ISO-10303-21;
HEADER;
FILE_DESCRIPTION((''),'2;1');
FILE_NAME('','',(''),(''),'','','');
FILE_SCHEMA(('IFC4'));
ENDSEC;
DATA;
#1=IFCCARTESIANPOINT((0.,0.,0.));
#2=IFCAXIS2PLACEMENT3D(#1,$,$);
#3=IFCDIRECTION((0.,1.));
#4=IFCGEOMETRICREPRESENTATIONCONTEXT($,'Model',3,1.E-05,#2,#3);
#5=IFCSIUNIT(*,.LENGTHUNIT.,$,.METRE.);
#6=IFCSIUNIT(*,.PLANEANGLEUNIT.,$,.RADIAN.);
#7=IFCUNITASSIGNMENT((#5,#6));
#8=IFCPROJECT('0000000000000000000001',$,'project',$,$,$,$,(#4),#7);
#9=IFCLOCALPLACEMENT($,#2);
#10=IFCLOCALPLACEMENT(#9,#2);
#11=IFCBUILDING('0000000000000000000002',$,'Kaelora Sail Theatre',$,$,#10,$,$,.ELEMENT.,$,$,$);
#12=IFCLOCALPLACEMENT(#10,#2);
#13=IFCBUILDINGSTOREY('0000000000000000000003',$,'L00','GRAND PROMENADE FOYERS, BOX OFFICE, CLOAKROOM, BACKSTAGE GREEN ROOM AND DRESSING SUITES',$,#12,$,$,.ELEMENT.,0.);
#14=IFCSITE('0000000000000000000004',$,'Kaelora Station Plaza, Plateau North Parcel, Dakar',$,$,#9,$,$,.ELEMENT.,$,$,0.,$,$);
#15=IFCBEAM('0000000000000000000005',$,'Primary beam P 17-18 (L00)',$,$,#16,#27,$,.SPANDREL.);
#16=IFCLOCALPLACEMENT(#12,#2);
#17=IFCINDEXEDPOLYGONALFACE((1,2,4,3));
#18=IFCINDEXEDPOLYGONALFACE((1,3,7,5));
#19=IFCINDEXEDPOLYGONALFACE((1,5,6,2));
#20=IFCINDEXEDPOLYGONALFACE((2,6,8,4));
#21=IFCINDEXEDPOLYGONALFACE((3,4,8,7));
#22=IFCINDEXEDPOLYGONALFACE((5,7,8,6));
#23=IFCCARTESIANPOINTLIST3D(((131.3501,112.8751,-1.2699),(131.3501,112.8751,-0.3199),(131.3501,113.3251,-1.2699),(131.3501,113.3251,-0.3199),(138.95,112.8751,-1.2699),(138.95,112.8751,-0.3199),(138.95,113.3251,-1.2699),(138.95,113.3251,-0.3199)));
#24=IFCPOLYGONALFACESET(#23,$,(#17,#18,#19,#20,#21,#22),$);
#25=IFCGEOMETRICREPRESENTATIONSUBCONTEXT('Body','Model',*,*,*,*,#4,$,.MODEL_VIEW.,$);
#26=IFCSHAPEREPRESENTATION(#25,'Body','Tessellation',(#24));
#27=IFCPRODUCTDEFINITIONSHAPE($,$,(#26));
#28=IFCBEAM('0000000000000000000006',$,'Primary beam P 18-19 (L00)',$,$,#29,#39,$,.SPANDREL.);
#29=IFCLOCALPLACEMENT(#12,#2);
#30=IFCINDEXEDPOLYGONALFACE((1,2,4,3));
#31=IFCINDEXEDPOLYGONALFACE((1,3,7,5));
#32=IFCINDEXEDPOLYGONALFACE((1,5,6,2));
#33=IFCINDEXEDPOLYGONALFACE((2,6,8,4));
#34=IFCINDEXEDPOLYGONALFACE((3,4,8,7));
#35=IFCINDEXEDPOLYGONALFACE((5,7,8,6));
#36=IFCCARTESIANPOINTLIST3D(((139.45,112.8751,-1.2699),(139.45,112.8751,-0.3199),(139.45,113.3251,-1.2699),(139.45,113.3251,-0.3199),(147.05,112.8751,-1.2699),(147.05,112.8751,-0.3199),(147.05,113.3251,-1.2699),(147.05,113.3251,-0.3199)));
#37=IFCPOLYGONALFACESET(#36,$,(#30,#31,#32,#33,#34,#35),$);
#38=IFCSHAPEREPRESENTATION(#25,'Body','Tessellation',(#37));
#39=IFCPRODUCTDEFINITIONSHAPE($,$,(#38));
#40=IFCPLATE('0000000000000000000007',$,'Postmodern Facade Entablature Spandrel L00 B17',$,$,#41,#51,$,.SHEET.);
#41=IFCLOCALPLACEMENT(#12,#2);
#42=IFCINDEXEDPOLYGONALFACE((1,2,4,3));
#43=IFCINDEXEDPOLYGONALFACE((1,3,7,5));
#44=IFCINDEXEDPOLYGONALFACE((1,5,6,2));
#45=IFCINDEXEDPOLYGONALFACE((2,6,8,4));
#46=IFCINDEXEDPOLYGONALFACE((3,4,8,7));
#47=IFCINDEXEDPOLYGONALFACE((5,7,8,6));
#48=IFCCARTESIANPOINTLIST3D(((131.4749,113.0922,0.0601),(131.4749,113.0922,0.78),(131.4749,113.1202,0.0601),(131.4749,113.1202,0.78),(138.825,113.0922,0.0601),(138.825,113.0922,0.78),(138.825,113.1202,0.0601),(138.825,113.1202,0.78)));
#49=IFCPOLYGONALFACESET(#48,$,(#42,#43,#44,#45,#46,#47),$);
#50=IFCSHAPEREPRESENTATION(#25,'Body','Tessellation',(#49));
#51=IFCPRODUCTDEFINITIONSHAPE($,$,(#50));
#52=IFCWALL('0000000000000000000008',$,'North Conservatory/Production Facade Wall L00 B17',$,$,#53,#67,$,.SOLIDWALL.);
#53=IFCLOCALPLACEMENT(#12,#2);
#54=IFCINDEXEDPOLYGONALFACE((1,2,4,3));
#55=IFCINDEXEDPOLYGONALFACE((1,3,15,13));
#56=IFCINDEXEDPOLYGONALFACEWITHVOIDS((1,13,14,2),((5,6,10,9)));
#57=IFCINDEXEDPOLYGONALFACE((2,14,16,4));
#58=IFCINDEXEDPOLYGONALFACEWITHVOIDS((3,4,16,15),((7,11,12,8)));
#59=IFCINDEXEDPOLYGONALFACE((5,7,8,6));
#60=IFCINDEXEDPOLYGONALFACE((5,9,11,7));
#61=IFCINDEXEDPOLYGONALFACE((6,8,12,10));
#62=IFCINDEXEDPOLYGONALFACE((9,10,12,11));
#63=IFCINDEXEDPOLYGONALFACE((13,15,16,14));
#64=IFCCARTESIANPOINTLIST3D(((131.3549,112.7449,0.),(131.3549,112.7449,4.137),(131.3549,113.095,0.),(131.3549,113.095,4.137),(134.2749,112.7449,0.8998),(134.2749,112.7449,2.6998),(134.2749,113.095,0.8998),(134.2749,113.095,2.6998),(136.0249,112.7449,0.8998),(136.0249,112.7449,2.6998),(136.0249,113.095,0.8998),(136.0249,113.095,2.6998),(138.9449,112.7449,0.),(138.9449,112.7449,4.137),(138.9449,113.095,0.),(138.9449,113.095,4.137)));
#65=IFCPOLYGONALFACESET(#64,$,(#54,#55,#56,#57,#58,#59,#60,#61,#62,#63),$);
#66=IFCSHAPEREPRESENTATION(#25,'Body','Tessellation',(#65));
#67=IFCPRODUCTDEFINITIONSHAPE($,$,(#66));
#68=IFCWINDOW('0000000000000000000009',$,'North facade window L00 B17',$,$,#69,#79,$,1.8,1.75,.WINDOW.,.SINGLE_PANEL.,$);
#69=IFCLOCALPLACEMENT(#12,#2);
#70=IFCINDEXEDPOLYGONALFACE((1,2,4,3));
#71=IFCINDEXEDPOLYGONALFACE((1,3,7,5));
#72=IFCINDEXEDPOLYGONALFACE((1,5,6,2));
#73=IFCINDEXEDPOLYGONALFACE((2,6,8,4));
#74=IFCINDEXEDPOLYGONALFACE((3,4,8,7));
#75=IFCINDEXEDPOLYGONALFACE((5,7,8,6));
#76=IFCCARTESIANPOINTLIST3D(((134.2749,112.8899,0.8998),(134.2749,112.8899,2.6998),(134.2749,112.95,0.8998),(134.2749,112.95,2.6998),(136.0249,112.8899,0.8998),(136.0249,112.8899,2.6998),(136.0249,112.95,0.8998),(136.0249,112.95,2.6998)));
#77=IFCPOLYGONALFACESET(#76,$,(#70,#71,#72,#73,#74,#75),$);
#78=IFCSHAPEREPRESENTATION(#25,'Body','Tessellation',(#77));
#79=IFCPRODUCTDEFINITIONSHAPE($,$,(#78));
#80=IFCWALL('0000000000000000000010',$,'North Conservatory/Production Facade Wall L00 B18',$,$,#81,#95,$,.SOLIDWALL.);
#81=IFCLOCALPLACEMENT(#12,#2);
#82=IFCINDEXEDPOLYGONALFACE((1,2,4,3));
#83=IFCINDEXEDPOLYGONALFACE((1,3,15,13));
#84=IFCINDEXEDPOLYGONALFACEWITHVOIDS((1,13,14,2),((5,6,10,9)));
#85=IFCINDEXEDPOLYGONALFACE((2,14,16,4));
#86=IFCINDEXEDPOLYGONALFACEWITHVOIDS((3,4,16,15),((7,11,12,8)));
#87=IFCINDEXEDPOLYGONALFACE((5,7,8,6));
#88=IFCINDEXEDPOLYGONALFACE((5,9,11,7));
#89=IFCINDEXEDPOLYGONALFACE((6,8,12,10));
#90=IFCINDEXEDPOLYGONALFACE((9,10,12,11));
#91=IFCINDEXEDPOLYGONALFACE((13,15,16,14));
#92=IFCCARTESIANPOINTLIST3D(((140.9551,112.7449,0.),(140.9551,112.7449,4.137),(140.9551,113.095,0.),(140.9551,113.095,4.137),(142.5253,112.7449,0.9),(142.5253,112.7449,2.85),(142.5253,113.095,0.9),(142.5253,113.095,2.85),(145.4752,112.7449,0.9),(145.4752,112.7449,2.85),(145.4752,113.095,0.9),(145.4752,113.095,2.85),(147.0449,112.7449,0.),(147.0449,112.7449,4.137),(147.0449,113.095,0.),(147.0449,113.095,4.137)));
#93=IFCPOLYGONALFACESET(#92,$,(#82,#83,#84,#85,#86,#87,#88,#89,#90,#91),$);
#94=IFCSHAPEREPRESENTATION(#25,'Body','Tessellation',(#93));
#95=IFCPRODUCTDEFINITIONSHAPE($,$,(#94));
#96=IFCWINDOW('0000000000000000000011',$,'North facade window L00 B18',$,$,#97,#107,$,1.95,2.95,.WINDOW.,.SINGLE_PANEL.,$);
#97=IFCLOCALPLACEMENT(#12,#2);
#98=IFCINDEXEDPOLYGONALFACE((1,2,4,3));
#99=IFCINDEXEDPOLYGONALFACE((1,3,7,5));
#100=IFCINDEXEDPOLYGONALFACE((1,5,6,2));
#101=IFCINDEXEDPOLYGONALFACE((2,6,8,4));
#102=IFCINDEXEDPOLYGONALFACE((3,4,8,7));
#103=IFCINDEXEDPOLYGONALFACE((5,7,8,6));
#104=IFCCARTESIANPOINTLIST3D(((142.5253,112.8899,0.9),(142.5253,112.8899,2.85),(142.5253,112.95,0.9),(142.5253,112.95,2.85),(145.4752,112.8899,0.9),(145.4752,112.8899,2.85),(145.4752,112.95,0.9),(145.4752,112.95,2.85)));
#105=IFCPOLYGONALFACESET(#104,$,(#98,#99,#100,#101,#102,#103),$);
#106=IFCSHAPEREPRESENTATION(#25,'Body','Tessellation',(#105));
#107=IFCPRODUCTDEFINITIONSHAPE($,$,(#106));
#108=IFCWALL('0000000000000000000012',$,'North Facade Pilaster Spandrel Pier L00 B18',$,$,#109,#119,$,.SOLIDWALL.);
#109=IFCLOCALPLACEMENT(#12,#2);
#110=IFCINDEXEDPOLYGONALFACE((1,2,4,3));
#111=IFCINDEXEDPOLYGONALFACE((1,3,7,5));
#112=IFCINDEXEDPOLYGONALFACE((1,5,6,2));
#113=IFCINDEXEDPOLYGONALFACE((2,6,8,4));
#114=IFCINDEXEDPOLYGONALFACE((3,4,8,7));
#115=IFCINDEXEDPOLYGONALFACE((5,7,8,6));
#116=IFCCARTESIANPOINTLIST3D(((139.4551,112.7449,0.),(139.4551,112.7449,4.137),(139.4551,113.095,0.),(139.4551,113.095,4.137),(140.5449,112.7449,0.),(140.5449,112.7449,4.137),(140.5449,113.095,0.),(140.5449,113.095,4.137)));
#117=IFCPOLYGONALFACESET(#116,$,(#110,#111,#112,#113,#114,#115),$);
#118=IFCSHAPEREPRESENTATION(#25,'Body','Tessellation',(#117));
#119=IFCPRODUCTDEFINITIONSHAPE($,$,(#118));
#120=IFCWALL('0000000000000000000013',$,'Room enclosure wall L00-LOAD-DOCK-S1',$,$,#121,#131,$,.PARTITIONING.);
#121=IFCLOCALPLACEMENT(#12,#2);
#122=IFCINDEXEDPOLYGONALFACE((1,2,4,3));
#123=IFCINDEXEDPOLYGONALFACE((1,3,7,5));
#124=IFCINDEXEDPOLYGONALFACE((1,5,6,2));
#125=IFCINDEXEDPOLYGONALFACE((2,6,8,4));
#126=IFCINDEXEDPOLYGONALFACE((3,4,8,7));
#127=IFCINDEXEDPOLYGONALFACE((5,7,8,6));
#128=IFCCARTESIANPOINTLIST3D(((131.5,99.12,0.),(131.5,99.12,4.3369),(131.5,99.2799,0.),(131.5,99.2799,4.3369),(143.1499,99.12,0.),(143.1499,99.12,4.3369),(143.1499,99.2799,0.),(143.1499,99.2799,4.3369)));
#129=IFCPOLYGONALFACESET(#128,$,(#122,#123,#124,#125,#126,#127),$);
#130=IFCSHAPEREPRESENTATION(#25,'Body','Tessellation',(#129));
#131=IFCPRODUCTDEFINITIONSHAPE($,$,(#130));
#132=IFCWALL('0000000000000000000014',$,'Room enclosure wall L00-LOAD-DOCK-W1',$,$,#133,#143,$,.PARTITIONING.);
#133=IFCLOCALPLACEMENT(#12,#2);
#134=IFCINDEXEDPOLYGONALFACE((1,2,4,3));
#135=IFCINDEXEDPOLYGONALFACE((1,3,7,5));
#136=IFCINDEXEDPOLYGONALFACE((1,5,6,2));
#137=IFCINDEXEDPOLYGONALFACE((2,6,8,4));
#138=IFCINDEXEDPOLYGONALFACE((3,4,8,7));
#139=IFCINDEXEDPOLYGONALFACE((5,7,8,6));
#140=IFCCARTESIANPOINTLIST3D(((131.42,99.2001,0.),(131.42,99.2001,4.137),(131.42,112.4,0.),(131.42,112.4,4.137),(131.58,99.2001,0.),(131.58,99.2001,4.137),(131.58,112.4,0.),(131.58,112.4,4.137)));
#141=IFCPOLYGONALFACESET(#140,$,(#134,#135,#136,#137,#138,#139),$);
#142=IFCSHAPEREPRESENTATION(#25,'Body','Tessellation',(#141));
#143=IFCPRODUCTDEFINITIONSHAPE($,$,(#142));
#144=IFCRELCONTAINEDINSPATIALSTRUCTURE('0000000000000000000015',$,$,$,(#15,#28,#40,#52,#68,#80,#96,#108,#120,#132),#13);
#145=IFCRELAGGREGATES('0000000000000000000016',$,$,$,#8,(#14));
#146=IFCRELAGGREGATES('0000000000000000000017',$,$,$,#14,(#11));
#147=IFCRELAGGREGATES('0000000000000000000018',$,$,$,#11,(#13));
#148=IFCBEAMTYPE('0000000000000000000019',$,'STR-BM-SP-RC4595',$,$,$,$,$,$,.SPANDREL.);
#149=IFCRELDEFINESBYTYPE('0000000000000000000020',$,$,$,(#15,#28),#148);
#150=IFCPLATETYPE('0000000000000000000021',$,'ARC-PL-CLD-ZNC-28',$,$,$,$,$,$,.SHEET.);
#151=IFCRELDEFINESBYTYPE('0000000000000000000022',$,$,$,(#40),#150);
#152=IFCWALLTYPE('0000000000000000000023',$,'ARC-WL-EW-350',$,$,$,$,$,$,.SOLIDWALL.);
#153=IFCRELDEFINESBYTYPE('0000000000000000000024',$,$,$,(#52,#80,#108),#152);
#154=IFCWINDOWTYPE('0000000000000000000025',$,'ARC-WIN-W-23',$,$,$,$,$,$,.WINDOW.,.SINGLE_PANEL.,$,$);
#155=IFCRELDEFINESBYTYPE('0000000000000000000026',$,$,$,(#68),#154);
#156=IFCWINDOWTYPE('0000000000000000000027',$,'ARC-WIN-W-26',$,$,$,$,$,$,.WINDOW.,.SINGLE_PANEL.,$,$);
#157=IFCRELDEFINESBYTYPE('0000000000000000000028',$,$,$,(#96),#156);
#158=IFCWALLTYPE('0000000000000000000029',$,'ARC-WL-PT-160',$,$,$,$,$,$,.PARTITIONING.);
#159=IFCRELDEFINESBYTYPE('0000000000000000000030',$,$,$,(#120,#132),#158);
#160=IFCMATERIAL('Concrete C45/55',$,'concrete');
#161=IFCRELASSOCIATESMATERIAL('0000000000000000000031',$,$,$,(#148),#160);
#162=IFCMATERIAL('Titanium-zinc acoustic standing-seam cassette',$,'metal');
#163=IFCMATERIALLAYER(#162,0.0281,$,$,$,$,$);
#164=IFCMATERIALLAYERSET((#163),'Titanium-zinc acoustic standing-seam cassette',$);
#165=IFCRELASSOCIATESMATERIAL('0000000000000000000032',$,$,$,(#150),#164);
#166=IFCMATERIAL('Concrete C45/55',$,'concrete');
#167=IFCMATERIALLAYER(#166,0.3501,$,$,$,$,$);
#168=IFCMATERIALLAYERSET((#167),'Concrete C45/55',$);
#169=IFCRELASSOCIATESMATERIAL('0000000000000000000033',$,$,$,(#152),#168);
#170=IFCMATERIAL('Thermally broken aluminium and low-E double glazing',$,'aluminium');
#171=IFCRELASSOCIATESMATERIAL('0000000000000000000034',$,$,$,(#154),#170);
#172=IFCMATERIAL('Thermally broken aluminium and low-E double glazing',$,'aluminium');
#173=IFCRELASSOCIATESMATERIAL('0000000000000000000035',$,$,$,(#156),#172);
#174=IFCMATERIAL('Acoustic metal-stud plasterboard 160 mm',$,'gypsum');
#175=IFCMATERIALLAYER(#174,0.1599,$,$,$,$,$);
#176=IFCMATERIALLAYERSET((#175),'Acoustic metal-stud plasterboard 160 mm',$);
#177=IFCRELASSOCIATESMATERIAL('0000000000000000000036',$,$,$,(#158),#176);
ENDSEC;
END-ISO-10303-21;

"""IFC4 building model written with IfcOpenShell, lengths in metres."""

from ifc_helpers import new_model, si_unit, direction, frame, frame_2d, origin, origin_2d, place, context, subcontext, project, spatial, rectangle, extrude, material, layer, layer_set, material_profile, profile_set, type_object, element, fill, save


model = new_model("IFC4")

# Units and contexts
model_context = context("Model", 3, precision=1e-05, world=origin(), true_north=direction((0.0, 1.0)))
body_context = subcontext(model_context, "Body", "Model", "MODEL_VIEW")
ifc_project = project(units=[si_unit("LENGTHUNIT", "METRE"), si_unit("PLANEANGLEUNIT", "RADIAN")], contexts=[model_context])

# Site, building, storey
site_placement = place(None, origin())
site = spatial("IfcSite", under=ifc_project, at=site_placement, Name="Kaelora Station Plaza, Plateau North Parcel, Dakar", CompositionType="ELEMENT", RefElevation=0.0)
building_placement = place(site_placement, origin())
building = spatial("IfcBuilding", under=site, at=building_placement, Name="Kaelora Sail Theatre", CompositionType="ELEMENT")
storey_placement = place(building_placement, origin())
storey = spatial("IfcBuildingStorey", under=building, at=storey_placement, Name="L00", Description="GRAND PROMENADE FOYERS, BOX OFFICE, CLOAKROOM, BACKSTAGE GREEN ROOM AND DRESSING SUITES", CompositionType="ELEMENT", Elevation=0.0)

# Beams
ifc_material_1 = material(Name="Concrete C45/55", Category="concrete")
ifc_material_profile_1 = material_profile(ifc_material_1, rectangle(XDim=0.45, YDim=0.95, at=origin_2d()), Name="RC-SPN 450x950")
ifc_profile_set_1 = profile_set([ifc_material_profile_1], Name="Concrete C45/55")
beam_type_1 = type_object("IfcBeamType", Name="STR-BM-SP-RC4595", PredefinedType="SPANDREL", material=ifc_profile_set_1)
beam_1_placement = place(storey_placement, frame((131.3501, 113.1001, -0.7949), z_axis=(1.0, 0.0, 0.0), x_axis=(0.0, 1.0, 0.0)))
element("IfcBeam", 1, at=beam_1_placement, inside=storey, type_object=beam_type_1, Name="Primary beam P 17-18 (L00)", PredefinedType="SPANDREL", context=body_context, shape_type="SweptSolid", body=[
    extrude(rectangle(XDim=0.45, YDim=0.95, at=origin_2d()), origin(), (0.0, 0.0, 1.0), 7.5999),
])
beam_2_placement = place(storey_placement, frame((139.45, 113.1001, -0.7949), z_axis=(1.0, 0.0, 0.0), x_axis=(0.0, 1.0, 0.0)))
element("IfcBeam", 2, at=beam_2_placement, inside=storey, type_object=beam_type_1, Name="Primary beam P 18-19 (L00)", PredefinedType="SPANDREL", context=body_context, shape_type="SweptSolid", body=[
    extrude(rectangle(XDim=0.45, YDim=0.95, at=origin_2d()), origin(), (0.0, 0.0, 1.0), 7.6001),
])

# Plate
ifc_material_2 = material(Name="Titanium-zinc acoustic standing-seam cassette", Category="metal")
ifc_layer_1 = layer(ifc_material_2, 0.0281)
ifc_layer_set_1 = layer_set([ifc_layer_1], Name="Titanium-zinc acoustic standing-seam cassette")
plate_type = type_object("IfcPlateType", Name="ARC-PL-CLD-ZNC-28", PredefinedType="SHEET", material=ifc_layer_set_1)
plate_placement = place(storey_placement, frame((135.1499, 113.1062, 0.0601), z_axis=(0.0, 0.0, 1.0), x_axis=(1.0, 0.0, 0.0)))
element("IfcPlate", 3, at=plate_placement, inside=storey, type_object=plate_type, Name="Postmodern Facade Entablature Spandrel L00 B17", PredefinedType="SHEET", context=body_context, shape_type="SweptSolid", body=[
    extrude(rectangle(XDim=7.3501, YDim=0.0281, at=origin_2d()), origin(), (0.0, 0.0, 1.0), 0.72),
])

# Walls, openings, windows
ifc_material_3 = material(Name="Concrete C45/55", Category="concrete")
ifc_layer_2 = layer(ifc_material_3, 0.3501)
ifc_layer_set_2 = layer_set([ifc_layer_2], Name="Concrete C45/55")
wall_type_1 = type_object("IfcWallType", Name="ARC-WL-EW-350", PredefinedType="SOLIDWALL", material=ifc_layer_set_2)
wall_1_placement = place(storey_placement, frame((131.355, 112.9199, 0.0), z_axis=(0.0, 0.0, 1.0), x_axis=(1.0, 0.0, 0.0)))
wall_1 = element("IfcWall", 4, at=wall_1_placement, inside=storey, type_object=wall_type_1, Name="North Conservatory/Production Facade Wall L00 B17", PredefinedType="SOLIDWALL", context=body_context, shape_type="SweptSolid", body=[
    extrude(rectangle(XDim=7.5901, YDim=0.3501, at=frame_2d((3.7949, 0.0))), origin(), (0.0, 0.0, 1.0), 4.137),
])
opening_1_placement = place(wall_1_placement, frame((2.9199, 0.0, 0.8999)))
opening_1 = element("IfcOpeningElement", 5, at=opening_1_placement, cuts=wall_1, PredefinedType="OPENING", context=body_context, shape_type="SweptSolid", body=[
    extrude(rectangle(XDim=1.75, YDim=1.8, at=frame_2d((0.875, 0.8999))), frame((0.0, 0.185, 0.0), z_axis=(0.0, -1.0, 0.0), x_axis=(1.0, 0.0, 0.0)), (0.0, 0.0, 1.0), 0.3701),
])
ifc_material_4 = material(Name="Thermally broken aluminium and low-E double glazing", Category="aluminium")
window_type_1 = type_object("IfcWindowType", Name="ARC-WIN-W-23", PartitioningType="SINGLE_PANEL", PredefinedType="WINDOW", material=ifc_material_4)
window_1_placement = place(opening_1_placement, origin())
window_1 = element("IfcWindow", 6, at=window_1_placement, inside=storey, type_object=window_type_1, Name="North facade window L00 B17", OverallHeight=1.8, OverallWidth=1.75, PartitioningType="SINGLE_PANEL", PredefinedType="WINDOW", context=body_context, shape_type="SweptSolid", body=[
    extrude(rectangle(XDim=1.75, YDim=1.8, at=frame_2d((0.875, 0.8999))), frame((0.0, 0.03, 0.0), z_axis=(0.0, -1.0, 0.0), x_axis=(1.0, 0.0, 0.0)), (0.0, 0.0, 1.0), 0.0601),
])
fill(opening_1, window_1)
wall_2_placement = place(storey_placement, frame((140.9551, 112.9199, 0.0), z_axis=(0.0, 0.0, 1.0), x_axis=(1.0, 0.0, 0.0)))
wall_2 = element("IfcWall", 7, at=wall_2_placement, inside=storey, type_object=wall_type_1, Name="North Conservatory/Production Facade Wall L00 B18", PredefinedType="SOLIDWALL", context=body_context, shape_type="SweptSolid", body=[
    extrude(rectangle(XDim=6.0898, YDim=0.3501, at=frame_2d((3.0449, 0.0))), origin(), (0.0, 0.0, 1.0), 4.137),
])
opening_2_placement = place(wall_2_placement, frame((1.5701, 0.0, 0.8999)))
opening_2 = element("IfcOpeningElement", 8, at=opening_2_placement, cuts=wall_2, PredefinedType="OPENING", context=body_context, shape_type="SweptSolid", body=[
    extrude(rectangle(XDim=2.95, YDim=1.95, at=frame_2d((1.4751, 0.9751))), frame((0.0, 0.185, 0.0), z_axis=(0.0, -1.0, 0.0), x_axis=(1.0, 0.0, 0.0)), (0.0, 0.0, 1.0), 0.3701),
])
ifc_material_5 = material(Name="Thermally broken aluminium and low-E double glazing", Category="aluminium")
window_type_2 = type_object("IfcWindowType", Name="ARC-WIN-W-26", PartitioningType="SINGLE_PANEL", PredefinedType="WINDOW", material=ifc_material_5)
window_2_placement = place(opening_2_placement, origin())
window_2 = element("IfcWindow", 9, at=window_2_placement, inside=storey, type_object=window_type_2, Name="North facade window L00 B18", OverallHeight=1.95, OverallWidth=2.95, PartitioningType="SINGLE_PANEL", PredefinedType="WINDOW", context=body_context, shape_type="SweptSolid", body=[
    extrude(rectangle(XDim=2.95, YDim=1.95, at=frame_2d((1.4751, 0.9751))), frame((0.0, 0.03, 0.0), z_axis=(0.0, -1.0, 0.0), x_axis=(1.0, 0.0, 0.0)), (0.0, 0.0, 1.0), 0.0601),
])
fill(opening_2, window_2)

# Walls
wall_3_placement = place(storey_placement, frame((139.4551, 112.9199, 0.0), z_axis=(0.0, 0.0, 1.0), x_axis=(1.0, 0.0, 0.0)))
element("IfcWall", 10, at=wall_3_placement, inside=storey, type_object=wall_type_1, Name="North Facade Pilaster Spandrel Pier L00 B18", PredefinedType="SOLIDWALL", context=body_context, shape_type="SweptSolid", body=[
    extrude(rectangle(XDim=1.0898, YDim=0.3501, at=frame_2d((0.5449, 0.0))), origin(), (0.0, 0.0, 1.0), 4.137),
])
ifc_material_6 = material(Name="Acoustic metal-stud plasterboard 160 mm", Category="gypsum")
ifc_layer_3 = layer(ifc_material_6, 0.1599)
ifc_layer_set_3 = layer_set([ifc_layer_3], Name="Acoustic metal-stud plasterboard 160 mm")
wall_type_2 = type_object("IfcWallType", Name="ARC-WL-PT-160", PredefinedType="PARTITIONING", material=ifc_layer_set_3)
wall_4_placement = place(storey_placement, frame((131.5, 99.2, 0.0), z_axis=(0.0, 0.0, 1.0), x_axis=(1.0, 0.0, 0.0)))
element("IfcWall", 11, at=wall_4_placement, inside=storey, type_object=wall_type_2, Name="Room enclosure wall L00-LOAD-DOCK-S1", PredefinedType="PARTITIONING", context=body_context, shape_type="SweptSolid", body=[
    extrude(rectangle(XDim=11.6499, YDim=0.1599, at=frame_2d((5.825, 0.0))), origin(), (0.0, 0.0, 1.0), 4.3369),
])
wall_5_placement = place(storey_placement, frame((131.5, 99.2, 0.0), z_axis=(0.0, 0.0, 1.0), x_axis=(0.0, 1.0, 0.0)))
element("IfcWall", 12, at=wall_5_placement, inside=storey, type_object=wall_type_2, Name="Room enclosure wall L00-LOAD-DOCK-W1", PredefinedType="PARTITIONING", context=body_context, shape_type="SweptSolid", body=[
    extrude(rectangle(XDim=13.2, YDim=0.1599, at=frame_2d((6.6001, 0.0))), origin(), (0.0, 0.0, 1.0), 4.137),
])

save(model, "model.ifc")
